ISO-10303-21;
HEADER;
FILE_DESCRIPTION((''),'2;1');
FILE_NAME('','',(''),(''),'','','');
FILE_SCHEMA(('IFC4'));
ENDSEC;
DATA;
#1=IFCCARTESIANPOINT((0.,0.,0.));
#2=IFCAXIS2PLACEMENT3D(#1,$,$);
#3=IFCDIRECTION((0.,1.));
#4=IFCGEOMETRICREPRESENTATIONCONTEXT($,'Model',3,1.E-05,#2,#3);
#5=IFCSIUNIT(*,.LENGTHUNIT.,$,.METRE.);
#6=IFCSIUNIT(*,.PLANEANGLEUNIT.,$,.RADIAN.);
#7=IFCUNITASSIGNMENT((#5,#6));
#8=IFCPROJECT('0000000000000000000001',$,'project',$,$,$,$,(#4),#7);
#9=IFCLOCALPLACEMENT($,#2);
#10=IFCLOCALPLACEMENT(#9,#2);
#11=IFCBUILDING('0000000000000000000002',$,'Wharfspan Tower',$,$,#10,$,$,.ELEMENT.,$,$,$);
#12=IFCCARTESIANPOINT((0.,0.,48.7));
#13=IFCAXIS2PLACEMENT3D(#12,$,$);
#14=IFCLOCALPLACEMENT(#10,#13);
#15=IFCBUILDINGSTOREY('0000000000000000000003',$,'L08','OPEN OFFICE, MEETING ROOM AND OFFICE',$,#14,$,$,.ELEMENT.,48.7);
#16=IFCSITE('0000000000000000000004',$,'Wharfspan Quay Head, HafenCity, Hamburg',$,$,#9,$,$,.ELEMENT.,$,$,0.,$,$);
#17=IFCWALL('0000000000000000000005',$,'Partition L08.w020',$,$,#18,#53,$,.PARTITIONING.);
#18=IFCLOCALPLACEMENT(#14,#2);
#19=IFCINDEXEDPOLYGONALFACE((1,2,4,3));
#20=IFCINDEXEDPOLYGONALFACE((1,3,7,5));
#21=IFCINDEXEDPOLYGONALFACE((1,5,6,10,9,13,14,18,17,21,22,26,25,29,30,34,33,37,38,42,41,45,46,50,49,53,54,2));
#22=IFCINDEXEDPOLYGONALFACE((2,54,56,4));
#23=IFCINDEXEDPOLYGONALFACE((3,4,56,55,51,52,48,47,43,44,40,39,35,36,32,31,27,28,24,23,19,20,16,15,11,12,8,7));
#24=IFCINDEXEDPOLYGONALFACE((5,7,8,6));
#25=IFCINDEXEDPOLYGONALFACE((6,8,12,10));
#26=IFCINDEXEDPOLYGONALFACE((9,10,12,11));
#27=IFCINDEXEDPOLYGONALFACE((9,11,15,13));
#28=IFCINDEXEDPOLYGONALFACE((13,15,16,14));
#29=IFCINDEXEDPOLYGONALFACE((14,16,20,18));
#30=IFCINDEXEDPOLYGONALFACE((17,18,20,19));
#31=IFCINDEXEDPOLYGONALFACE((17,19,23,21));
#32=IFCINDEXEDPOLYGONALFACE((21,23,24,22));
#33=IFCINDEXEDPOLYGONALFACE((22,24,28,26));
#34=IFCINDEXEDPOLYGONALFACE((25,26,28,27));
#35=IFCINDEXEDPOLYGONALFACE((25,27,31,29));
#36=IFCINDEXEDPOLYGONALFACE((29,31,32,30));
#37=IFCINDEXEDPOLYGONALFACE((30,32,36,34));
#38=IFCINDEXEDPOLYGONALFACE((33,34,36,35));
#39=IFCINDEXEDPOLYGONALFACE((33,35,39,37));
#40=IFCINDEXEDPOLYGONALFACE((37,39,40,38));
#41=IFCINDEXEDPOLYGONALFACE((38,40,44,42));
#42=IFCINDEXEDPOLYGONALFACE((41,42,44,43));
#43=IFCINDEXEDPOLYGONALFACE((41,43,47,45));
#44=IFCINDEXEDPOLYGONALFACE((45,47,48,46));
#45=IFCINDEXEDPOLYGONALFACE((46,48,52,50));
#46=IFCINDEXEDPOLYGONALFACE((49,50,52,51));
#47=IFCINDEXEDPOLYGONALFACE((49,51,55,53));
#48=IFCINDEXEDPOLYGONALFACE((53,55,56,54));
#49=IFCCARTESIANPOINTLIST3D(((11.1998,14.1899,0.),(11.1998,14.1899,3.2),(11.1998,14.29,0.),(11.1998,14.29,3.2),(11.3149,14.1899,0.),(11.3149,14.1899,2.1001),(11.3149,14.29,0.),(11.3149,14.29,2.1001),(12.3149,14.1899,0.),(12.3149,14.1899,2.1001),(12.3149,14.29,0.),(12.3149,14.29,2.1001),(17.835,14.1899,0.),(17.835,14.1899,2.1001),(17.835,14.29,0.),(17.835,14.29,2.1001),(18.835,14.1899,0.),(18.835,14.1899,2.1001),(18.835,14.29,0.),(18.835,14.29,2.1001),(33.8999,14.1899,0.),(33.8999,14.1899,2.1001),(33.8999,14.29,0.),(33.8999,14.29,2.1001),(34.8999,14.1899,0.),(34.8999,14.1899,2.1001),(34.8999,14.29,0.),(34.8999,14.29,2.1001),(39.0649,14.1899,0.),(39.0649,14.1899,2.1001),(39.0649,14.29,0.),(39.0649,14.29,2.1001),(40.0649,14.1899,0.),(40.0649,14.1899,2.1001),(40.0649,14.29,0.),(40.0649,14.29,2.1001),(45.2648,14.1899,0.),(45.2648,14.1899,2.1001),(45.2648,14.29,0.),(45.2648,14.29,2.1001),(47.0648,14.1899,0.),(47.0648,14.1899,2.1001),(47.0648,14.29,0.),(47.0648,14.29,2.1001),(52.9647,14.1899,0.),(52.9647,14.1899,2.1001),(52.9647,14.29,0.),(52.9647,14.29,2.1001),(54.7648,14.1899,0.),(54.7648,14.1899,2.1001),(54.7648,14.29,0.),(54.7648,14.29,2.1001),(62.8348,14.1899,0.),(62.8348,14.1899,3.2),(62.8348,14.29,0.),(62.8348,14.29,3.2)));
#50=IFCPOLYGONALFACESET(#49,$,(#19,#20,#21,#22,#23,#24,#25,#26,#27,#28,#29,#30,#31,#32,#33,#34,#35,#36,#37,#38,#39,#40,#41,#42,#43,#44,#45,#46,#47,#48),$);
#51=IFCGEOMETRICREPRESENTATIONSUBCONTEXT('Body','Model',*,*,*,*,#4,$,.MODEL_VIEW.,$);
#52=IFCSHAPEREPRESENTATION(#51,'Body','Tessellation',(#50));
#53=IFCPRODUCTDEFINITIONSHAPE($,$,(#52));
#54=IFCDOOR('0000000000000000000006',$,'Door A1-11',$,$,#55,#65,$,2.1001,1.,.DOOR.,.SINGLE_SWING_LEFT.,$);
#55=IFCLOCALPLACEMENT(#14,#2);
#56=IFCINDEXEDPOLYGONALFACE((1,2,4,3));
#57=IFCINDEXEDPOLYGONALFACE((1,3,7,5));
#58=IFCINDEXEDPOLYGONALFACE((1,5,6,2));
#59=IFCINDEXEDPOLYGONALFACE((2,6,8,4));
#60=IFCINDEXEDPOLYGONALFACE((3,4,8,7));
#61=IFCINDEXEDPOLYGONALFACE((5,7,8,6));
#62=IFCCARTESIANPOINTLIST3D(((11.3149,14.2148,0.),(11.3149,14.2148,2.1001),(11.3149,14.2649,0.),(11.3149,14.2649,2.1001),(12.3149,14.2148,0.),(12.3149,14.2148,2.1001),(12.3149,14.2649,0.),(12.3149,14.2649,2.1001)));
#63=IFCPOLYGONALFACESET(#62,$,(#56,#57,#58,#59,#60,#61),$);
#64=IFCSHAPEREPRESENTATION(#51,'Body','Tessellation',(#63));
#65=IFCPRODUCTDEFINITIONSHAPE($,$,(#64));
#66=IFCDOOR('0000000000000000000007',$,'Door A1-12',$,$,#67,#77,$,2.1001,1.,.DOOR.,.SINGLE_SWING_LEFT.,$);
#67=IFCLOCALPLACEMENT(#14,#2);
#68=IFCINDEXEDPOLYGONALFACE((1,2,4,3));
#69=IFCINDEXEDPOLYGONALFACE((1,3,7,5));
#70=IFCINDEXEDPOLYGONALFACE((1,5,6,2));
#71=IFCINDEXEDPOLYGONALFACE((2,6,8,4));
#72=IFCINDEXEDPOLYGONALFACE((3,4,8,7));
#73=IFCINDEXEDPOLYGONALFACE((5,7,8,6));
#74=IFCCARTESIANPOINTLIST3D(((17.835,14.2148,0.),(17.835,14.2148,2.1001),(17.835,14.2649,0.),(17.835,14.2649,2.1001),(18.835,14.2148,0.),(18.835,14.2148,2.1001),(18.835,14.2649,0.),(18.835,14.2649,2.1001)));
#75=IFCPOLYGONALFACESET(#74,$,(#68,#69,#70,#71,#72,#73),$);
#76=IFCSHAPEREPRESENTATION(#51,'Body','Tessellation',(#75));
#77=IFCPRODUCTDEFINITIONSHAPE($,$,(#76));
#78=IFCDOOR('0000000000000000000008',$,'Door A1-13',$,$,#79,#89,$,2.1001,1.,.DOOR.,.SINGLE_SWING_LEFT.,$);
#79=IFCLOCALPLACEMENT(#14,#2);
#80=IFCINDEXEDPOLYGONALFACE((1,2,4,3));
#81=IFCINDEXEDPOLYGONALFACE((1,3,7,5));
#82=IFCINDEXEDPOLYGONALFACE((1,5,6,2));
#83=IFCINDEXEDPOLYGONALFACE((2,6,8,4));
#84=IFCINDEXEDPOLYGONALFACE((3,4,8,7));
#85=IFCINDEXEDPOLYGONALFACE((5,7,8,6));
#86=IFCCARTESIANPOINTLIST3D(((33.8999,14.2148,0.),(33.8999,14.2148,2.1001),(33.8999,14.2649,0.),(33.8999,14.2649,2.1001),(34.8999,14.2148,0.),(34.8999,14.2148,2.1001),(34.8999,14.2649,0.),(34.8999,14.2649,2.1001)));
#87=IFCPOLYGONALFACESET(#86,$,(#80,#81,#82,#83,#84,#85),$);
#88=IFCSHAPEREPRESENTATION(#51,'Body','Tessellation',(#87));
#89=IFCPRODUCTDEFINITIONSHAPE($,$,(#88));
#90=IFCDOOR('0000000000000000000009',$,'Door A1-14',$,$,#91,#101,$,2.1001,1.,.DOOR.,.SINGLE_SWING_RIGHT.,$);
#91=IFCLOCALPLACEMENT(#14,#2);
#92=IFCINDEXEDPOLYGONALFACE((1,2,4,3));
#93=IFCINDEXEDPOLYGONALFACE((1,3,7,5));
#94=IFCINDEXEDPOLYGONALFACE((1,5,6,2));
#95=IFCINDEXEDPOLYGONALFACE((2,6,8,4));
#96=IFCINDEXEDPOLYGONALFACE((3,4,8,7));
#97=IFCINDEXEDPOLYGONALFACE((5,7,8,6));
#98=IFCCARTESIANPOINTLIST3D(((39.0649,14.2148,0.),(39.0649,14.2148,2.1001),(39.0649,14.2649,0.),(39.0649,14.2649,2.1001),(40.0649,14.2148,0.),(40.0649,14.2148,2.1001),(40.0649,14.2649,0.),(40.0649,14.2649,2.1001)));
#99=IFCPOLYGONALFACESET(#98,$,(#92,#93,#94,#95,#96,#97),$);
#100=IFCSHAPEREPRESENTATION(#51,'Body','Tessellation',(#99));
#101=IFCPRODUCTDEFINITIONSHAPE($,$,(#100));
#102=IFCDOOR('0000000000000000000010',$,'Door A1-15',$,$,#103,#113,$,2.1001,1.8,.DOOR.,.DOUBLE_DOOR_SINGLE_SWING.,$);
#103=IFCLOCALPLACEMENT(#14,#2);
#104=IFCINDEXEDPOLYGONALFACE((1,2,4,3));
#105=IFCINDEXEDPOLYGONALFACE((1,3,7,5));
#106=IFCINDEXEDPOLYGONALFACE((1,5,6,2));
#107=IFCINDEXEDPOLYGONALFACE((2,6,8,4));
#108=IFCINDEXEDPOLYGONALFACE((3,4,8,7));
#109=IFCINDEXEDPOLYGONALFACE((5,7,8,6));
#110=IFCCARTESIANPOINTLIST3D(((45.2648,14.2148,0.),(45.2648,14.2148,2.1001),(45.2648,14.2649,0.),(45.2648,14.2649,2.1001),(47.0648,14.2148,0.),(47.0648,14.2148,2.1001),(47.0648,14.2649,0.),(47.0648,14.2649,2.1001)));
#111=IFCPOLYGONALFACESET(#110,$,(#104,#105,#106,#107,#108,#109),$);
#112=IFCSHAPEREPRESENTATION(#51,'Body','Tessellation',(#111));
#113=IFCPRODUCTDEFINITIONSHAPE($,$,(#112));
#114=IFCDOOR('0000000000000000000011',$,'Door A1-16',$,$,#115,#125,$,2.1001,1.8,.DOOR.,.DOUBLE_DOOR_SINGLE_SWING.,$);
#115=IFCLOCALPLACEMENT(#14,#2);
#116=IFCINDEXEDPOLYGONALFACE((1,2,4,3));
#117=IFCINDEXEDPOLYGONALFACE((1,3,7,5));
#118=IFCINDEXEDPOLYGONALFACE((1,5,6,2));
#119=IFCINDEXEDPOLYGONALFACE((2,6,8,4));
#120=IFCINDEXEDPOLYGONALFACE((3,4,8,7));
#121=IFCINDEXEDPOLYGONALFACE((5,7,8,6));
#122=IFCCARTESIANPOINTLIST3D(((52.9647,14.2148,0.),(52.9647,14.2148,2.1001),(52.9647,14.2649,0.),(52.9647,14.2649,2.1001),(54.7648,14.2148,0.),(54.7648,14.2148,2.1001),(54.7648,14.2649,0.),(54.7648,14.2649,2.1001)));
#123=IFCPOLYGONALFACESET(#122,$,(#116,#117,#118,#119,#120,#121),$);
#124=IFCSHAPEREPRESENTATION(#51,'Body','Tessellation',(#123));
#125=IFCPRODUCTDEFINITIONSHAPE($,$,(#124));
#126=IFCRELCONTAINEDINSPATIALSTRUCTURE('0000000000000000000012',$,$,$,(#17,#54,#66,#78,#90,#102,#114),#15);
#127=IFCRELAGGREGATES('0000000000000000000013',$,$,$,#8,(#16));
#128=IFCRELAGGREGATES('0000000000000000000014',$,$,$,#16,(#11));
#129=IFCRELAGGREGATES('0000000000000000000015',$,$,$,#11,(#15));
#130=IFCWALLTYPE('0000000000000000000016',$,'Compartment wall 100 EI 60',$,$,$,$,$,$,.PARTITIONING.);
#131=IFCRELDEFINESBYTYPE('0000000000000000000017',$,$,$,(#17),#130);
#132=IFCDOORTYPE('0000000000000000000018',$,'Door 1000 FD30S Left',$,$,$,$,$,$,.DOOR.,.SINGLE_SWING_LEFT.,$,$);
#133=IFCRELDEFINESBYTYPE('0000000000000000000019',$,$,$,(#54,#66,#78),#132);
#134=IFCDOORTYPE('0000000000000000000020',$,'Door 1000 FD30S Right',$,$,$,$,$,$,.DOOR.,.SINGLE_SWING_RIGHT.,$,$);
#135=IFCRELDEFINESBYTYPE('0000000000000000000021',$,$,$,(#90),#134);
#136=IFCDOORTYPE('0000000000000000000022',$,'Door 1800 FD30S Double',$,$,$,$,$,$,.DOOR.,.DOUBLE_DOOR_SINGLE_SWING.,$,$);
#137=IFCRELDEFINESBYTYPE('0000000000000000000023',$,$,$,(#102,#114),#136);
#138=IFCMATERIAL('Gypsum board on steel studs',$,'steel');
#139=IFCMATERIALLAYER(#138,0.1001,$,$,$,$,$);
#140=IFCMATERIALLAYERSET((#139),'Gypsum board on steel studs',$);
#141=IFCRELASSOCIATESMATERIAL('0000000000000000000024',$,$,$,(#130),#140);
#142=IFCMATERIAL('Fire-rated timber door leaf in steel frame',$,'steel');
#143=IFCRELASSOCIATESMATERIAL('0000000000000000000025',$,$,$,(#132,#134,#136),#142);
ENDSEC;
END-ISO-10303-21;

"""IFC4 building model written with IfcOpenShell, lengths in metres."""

from ifc_helpers import new_model, si_unit, direction, frame, frame_2d, origin, place, context, subcontext, project, spatial, rectangle, extrude, material, layer, layer_set, type_object, element, fill, save


model = new_model("IFC4")

# Units and contexts
model_context = context("Model", 3, precision=1e-05, world=origin(), true_north=direction((0.0, 1.0)))
body_context = subcontext(model_context, "Body", "Model", "MODEL_VIEW")
ifc_project = project(units=[si_unit("LENGTHUNIT", "METRE"), si_unit("PLANEANGLEUNIT", "RADIAN")], contexts=[model_context])

# Site, building, storey
site_placement = place(None, origin())
site = spatial("IfcSite", under=ifc_project, at=site_placement, Name="Wharfspan Quay Head, HafenCity, Hamburg", CompositionType="ELEMENT", RefElevation=0.0)
building_placement = place(site_placement, origin())
building = spatial("IfcBuilding", under=site, at=building_placement, Name="Wharfspan Tower", CompositionType="ELEMENT")
storey_placement = place(building_placement, frame((0.0, 0.0, 48.7)))
storey = spatial("IfcBuildingStorey", under=building, at=storey_placement, Name="L08", Description="OPEN OFFICE, MEETING ROOM AND OFFICE", CompositionType="ELEMENT", Elevation=48.7)

# Shared definitions
ifc_material_1 = material(Name="Gypsum board on steel studs", Category="steel")
ifc_layer_1 = layer(ifc_material_1, 0.1001)
ifc_layer_set_1 = layer_set([ifc_layer_1], Name="Gypsum board on steel studs")
wall_type = type_object("IfcWallType", Name="Compartment wall 100 EI 60", PredefinedType="PARTITIONING", material=ifc_layer_set_1)
ifc_material_2 = material(Name="Fire-rated timber door leaf in steel frame", Category="steel")
door_type_1 = type_object("IfcDoorType", Name="Door 1000 FD30S Left", OperationType="SINGLE_SWING_LEFT", PredefinedType="DOOR", material=ifc_material_2)

# Shared definitions
door_type_2 = type_object("IfcDoorType", Name="Door 1000 FD30S Right", OperationType="SINGLE_SWING_RIGHT", PredefinedType="DOOR", material=ifc_material_2)

# Wall, openings, doors
wall_1_placement = place(storey_placement, frame((11.2, 14.24, 0.0), z_axis=(0.0, 0.0, 1.0), x_axis=(1.0, 0.0, 0.0)))
wall_1 = element("IfcWall", 1, at=wall_1_placement, inside=storey, type_object=wall_type, Name="Partition L08.w020", PredefinedType="PARTITIONING", context=body_context, shape_type="SweptSolid", body=[
    extrude(rectangle(XDim=51.635, YDim=0.1001, at=frame_2d((25.8174, 0.0))), origin(), (0.0, 0.0, 1.0), 3.2),
])
opening_1_placement = place(wall_1_placement, frame((0.115, 0.0, 0.0)))
opening_1 = element("IfcOpeningElement", 2, at=opening_1_placement, cuts=wall_1, PredefinedType="OPENING", context=body_context, shape_type="SweptSolid", body=[
    extrude(rectangle(XDim=1.0, YDim=2.1001, at=frame_2d((0.5, 1.05))), frame((0.0, 0.0601, 0.0), z_axis=(0.0, -1.0, 0.0), x_axis=(1.0, 0.0, 0.0)), (0.0, 0.0, 1.0), 0.1201),
])
opening_2_placement = place(wall_1_placement, frame((6.635, 0.0, 0.0)))
opening_2 = element("IfcOpeningElement", 3, at=opening_2_placement, cuts=wall_1, PredefinedType="OPENING", context=body_context, shape_type="SweptSolid", body=[
    extrude(rectangle(XDim=1.0, YDim=2.1001, at=frame_2d((0.5, 1.05))), frame((0.0, 0.0601, 0.0), z_axis=(0.0, -1.0, 0.0), x_axis=(1.0, 0.0, 0.0)), (0.0, 0.0, 1.0), 0.1201),
])
opening_3_placement = place(wall_1_placement, frame((22.7, 0.0, 0.0)))
opening_3 = element("IfcOpeningElement", 4, at=opening_3_placement, cuts=wall_1, PredefinedType="OPENING", context=body_context, shape_type="SweptSolid", body=[
    extrude(rectangle(XDim=1.0, YDim=2.1001, at=frame_2d((0.5, 1.05))), frame((0.0, 0.0601, 0.0), z_axis=(0.0, -1.0, 0.0), x_axis=(1.0, 0.0, 0.0)), (0.0, 0.0, 1.0), 0.1201),
])
opening_4_placement = place(wall_1_placement, frame((27.865, 0.0, 0.0)))
opening_4 = element("IfcOpeningElement", 5, at=opening_4_placement, cuts=wall_1, PredefinedType="OPENING", context=body_context, shape_type="SweptSolid", body=[
    extrude(rectangle(XDim=1.0, YDim=2.1001, at=frame_2d((0.5, 1.05))), frame((0.0, 0.0601, 0.0), z_axis=(0.0, -1.0, 0.0), x_axis=(1.0, 0.0, 0.0)), (0.0, 0.0, 1.0), 0.1201),
])
opening_5_placement = place(wall_1_placement, frame((34.0649, 0.0, 0.0)))
opening_5 = element("IfcOpeningElement", 6, at=opening_5_placement, cuts=wall_1, PredefinedType="OPENING", context=body_context, shape_type="SweptSolid", body=[
    extrude(rectangle(XDim=1.8, YDim=2.1001, at=frame_2d((0.8999, 1.05))), frame((0.0, 0.0601, 0.0), z_axis=(0.0, -1.0, 0.0), x_axis=(1.0, 0.0, 0.0)), (0.0, 0.0, 1.0), 0.1201),
])
opening_6_placement = place(wall_1_placement, frame((41.7649, 0.0, 0.0)))
opening_6 = element("IfcOpeningElement", 7, at=opening_6_placement, cuts=wall_1, PredefinedType="OPENING", context=body_context, shape_type="SweptSolid", body=[
    extrude(rectangle(XDim=1.8, YDim=2.1001, at=frame_2d((0.8999, 1.05))), frame((0.0, 0.0601, 0.0), z_axis=(0.0, -1.0, 0.0), x_axis=(1.0, 0.0, 0.0)), (0.0, 0.0, 1.0), 0.1201),
])
door_1_placement = place(opening_1_placement, origin())
door_1 = element("IfcDoor", 8, at=door_1_placement, inside=storey, type_object=door_type_1, Name="Door A1-11", OperationType="SINGLE_SWING_LEFT", OverallHeight=2.1001, OverallWidth=1.0, PredefinedType="DOOR", context=body_context, shape_type="SweptSolid", body=[
    extrude(rectangle(XDim=1.0, YDim=2.1001, at=frame_2d((0.5, 1.05))), frame((0.0, 0.0249, 0.0), z_axis=(0.0, -1.0, 0.0), x_axis=(1.0, 0.0, 0.0)), (0.0, 0.0, 1.0), 0.05),
])
fill(opening_1, door_1)
door_2_placement = place(opening_2_placement, origin())
door_2 = element("IfcDoor", 9, at=door_2_placement, inside=storey, type_object=door_type_1, Name="Door A1-12", OperationType="SINGLE_SWING_LEFT", OverallHeight=2.1001, OverallWidth=1.0, PredefinedType="DOOR", context=body_context, shape_type="SweptSolid", body=[
    extrude(rectangle(XDim=1.0, YDim=2.1001, at=frame_2d((0.5, 1.05))), frame((0.0, 0.0249, 0.0), z_axis=(0.0, -1.0, 0.0), x_axis=(1.0, 0.0, 0.0)), (0.0, 0.0, 1.0), 0.05),
])
fill(opening_2, door_2)
door_3_placement = place(opening_3_placement, origin())
door_3 = element("IfcDoor", 10, at=door_3_placement, inside=storey, type_object=door_type_1, Name="Door A1-13", OperationType="SINGLE_SWING_LEFT", OverallHeight=2.1001, OverallWidth=1.0, PredefinedType="DOOR", context=body_context, shape_type="SweptSolid", body=[
    extrude(rectangle(XDim=1.0, YDim=2.1001, at=frame_2d((0.5, 1.05))), frame((0.0, 0.0249, 0.0), z_axis=(0.0, -1.0, 0.0), x_axis=(1.0, 0.0, 0.0)), (0.0, 0.0, 1.0), 0.05),
])
fill(opening_3, door_3)
door_4_placement = place(opening_4_placement, origin())
door_4 = element("IfcDoor", 11, at=door_4_placement, inside=storey, type_object=door_type_2, Name="Door A1-14", OperationType="SINGLE_SWING_RIGHT", OverallHeight=2.1001, OverallWidth=1.0, PredefinedType="DOOR", context=body_context, shape_type="SweptSolid", body=[
    extrude(rectangle(XDim=1.0, YDim=2.1001, at=frame_2d((0.5, 1.05))), frame((0.0, 0.0249, 0.0), z_axis=(0.0, -1.0, 0.0), x_axis=(1.0, 0.0, 0.0)), (0.0, 0.0, 1.0), 0.05),
])
fill(opening_4, door_4)
door_type_3 = type_object("IfcDoorType", Name="Door 1800 FD30S Double", OperationType="DOUBLE_DOOR_SINGLE_SWING", PredefinedType="DOOR", material=ifc_material_2)
door_5_placement = place(opening_5_placement, origin())
door_5 = element("IfcDoor", 12, at=door_5_placement, inside=storey, type_object=door_type_3, Name="Door A1-15", OperationType="DOUBLE_DOOR_SINGLE_SWING", OverallHeight=2.1001, OverallWidth=1.8, PredefinedType="DOOR", context=body_context, shape_type="SweptSolid", body=[
    extrude(rectangle(XDim=1.8, YDim=2.1001, at=frame_2d((0.8999, 1.05))), frame((0.0, 0.0249, 0.0), z_axis=(0.0, -1.0, 0.0), x_axis=(1.0, 0.0, 0.0)), (0.0, 0.0, 1.0), 0.05),
])
fill(opening_5, door_5)
door_6_placement = place(opening_6_placement, origin())
door_6 = element("IfcDoor", 13, at=door_6_placement, inside=storey, type_object=door_type_3, Name="Door A1-16", OperationType="DOUBLE_DOOR_SINGLE_SWING", OverallHeight=2.1001, OverallWidth=1.8, PredefinedType="DOOR", context=body_context, shape_type="SweptSolid", body=[
    extrude(rectangle(XDim=1.8, YDim=2.1001, at=frame_2d((0.8999, 1.05))), frame((0.0, 0.0249, 0.0), z_axis=(0.0, -1.0, 0.0), x_axis=(1.0, 0.0, 0.0)), (0.0, 0.0, 1.0), 0.05),
])
fill(opening_6, door_6)

save(model, "model.ifc")
